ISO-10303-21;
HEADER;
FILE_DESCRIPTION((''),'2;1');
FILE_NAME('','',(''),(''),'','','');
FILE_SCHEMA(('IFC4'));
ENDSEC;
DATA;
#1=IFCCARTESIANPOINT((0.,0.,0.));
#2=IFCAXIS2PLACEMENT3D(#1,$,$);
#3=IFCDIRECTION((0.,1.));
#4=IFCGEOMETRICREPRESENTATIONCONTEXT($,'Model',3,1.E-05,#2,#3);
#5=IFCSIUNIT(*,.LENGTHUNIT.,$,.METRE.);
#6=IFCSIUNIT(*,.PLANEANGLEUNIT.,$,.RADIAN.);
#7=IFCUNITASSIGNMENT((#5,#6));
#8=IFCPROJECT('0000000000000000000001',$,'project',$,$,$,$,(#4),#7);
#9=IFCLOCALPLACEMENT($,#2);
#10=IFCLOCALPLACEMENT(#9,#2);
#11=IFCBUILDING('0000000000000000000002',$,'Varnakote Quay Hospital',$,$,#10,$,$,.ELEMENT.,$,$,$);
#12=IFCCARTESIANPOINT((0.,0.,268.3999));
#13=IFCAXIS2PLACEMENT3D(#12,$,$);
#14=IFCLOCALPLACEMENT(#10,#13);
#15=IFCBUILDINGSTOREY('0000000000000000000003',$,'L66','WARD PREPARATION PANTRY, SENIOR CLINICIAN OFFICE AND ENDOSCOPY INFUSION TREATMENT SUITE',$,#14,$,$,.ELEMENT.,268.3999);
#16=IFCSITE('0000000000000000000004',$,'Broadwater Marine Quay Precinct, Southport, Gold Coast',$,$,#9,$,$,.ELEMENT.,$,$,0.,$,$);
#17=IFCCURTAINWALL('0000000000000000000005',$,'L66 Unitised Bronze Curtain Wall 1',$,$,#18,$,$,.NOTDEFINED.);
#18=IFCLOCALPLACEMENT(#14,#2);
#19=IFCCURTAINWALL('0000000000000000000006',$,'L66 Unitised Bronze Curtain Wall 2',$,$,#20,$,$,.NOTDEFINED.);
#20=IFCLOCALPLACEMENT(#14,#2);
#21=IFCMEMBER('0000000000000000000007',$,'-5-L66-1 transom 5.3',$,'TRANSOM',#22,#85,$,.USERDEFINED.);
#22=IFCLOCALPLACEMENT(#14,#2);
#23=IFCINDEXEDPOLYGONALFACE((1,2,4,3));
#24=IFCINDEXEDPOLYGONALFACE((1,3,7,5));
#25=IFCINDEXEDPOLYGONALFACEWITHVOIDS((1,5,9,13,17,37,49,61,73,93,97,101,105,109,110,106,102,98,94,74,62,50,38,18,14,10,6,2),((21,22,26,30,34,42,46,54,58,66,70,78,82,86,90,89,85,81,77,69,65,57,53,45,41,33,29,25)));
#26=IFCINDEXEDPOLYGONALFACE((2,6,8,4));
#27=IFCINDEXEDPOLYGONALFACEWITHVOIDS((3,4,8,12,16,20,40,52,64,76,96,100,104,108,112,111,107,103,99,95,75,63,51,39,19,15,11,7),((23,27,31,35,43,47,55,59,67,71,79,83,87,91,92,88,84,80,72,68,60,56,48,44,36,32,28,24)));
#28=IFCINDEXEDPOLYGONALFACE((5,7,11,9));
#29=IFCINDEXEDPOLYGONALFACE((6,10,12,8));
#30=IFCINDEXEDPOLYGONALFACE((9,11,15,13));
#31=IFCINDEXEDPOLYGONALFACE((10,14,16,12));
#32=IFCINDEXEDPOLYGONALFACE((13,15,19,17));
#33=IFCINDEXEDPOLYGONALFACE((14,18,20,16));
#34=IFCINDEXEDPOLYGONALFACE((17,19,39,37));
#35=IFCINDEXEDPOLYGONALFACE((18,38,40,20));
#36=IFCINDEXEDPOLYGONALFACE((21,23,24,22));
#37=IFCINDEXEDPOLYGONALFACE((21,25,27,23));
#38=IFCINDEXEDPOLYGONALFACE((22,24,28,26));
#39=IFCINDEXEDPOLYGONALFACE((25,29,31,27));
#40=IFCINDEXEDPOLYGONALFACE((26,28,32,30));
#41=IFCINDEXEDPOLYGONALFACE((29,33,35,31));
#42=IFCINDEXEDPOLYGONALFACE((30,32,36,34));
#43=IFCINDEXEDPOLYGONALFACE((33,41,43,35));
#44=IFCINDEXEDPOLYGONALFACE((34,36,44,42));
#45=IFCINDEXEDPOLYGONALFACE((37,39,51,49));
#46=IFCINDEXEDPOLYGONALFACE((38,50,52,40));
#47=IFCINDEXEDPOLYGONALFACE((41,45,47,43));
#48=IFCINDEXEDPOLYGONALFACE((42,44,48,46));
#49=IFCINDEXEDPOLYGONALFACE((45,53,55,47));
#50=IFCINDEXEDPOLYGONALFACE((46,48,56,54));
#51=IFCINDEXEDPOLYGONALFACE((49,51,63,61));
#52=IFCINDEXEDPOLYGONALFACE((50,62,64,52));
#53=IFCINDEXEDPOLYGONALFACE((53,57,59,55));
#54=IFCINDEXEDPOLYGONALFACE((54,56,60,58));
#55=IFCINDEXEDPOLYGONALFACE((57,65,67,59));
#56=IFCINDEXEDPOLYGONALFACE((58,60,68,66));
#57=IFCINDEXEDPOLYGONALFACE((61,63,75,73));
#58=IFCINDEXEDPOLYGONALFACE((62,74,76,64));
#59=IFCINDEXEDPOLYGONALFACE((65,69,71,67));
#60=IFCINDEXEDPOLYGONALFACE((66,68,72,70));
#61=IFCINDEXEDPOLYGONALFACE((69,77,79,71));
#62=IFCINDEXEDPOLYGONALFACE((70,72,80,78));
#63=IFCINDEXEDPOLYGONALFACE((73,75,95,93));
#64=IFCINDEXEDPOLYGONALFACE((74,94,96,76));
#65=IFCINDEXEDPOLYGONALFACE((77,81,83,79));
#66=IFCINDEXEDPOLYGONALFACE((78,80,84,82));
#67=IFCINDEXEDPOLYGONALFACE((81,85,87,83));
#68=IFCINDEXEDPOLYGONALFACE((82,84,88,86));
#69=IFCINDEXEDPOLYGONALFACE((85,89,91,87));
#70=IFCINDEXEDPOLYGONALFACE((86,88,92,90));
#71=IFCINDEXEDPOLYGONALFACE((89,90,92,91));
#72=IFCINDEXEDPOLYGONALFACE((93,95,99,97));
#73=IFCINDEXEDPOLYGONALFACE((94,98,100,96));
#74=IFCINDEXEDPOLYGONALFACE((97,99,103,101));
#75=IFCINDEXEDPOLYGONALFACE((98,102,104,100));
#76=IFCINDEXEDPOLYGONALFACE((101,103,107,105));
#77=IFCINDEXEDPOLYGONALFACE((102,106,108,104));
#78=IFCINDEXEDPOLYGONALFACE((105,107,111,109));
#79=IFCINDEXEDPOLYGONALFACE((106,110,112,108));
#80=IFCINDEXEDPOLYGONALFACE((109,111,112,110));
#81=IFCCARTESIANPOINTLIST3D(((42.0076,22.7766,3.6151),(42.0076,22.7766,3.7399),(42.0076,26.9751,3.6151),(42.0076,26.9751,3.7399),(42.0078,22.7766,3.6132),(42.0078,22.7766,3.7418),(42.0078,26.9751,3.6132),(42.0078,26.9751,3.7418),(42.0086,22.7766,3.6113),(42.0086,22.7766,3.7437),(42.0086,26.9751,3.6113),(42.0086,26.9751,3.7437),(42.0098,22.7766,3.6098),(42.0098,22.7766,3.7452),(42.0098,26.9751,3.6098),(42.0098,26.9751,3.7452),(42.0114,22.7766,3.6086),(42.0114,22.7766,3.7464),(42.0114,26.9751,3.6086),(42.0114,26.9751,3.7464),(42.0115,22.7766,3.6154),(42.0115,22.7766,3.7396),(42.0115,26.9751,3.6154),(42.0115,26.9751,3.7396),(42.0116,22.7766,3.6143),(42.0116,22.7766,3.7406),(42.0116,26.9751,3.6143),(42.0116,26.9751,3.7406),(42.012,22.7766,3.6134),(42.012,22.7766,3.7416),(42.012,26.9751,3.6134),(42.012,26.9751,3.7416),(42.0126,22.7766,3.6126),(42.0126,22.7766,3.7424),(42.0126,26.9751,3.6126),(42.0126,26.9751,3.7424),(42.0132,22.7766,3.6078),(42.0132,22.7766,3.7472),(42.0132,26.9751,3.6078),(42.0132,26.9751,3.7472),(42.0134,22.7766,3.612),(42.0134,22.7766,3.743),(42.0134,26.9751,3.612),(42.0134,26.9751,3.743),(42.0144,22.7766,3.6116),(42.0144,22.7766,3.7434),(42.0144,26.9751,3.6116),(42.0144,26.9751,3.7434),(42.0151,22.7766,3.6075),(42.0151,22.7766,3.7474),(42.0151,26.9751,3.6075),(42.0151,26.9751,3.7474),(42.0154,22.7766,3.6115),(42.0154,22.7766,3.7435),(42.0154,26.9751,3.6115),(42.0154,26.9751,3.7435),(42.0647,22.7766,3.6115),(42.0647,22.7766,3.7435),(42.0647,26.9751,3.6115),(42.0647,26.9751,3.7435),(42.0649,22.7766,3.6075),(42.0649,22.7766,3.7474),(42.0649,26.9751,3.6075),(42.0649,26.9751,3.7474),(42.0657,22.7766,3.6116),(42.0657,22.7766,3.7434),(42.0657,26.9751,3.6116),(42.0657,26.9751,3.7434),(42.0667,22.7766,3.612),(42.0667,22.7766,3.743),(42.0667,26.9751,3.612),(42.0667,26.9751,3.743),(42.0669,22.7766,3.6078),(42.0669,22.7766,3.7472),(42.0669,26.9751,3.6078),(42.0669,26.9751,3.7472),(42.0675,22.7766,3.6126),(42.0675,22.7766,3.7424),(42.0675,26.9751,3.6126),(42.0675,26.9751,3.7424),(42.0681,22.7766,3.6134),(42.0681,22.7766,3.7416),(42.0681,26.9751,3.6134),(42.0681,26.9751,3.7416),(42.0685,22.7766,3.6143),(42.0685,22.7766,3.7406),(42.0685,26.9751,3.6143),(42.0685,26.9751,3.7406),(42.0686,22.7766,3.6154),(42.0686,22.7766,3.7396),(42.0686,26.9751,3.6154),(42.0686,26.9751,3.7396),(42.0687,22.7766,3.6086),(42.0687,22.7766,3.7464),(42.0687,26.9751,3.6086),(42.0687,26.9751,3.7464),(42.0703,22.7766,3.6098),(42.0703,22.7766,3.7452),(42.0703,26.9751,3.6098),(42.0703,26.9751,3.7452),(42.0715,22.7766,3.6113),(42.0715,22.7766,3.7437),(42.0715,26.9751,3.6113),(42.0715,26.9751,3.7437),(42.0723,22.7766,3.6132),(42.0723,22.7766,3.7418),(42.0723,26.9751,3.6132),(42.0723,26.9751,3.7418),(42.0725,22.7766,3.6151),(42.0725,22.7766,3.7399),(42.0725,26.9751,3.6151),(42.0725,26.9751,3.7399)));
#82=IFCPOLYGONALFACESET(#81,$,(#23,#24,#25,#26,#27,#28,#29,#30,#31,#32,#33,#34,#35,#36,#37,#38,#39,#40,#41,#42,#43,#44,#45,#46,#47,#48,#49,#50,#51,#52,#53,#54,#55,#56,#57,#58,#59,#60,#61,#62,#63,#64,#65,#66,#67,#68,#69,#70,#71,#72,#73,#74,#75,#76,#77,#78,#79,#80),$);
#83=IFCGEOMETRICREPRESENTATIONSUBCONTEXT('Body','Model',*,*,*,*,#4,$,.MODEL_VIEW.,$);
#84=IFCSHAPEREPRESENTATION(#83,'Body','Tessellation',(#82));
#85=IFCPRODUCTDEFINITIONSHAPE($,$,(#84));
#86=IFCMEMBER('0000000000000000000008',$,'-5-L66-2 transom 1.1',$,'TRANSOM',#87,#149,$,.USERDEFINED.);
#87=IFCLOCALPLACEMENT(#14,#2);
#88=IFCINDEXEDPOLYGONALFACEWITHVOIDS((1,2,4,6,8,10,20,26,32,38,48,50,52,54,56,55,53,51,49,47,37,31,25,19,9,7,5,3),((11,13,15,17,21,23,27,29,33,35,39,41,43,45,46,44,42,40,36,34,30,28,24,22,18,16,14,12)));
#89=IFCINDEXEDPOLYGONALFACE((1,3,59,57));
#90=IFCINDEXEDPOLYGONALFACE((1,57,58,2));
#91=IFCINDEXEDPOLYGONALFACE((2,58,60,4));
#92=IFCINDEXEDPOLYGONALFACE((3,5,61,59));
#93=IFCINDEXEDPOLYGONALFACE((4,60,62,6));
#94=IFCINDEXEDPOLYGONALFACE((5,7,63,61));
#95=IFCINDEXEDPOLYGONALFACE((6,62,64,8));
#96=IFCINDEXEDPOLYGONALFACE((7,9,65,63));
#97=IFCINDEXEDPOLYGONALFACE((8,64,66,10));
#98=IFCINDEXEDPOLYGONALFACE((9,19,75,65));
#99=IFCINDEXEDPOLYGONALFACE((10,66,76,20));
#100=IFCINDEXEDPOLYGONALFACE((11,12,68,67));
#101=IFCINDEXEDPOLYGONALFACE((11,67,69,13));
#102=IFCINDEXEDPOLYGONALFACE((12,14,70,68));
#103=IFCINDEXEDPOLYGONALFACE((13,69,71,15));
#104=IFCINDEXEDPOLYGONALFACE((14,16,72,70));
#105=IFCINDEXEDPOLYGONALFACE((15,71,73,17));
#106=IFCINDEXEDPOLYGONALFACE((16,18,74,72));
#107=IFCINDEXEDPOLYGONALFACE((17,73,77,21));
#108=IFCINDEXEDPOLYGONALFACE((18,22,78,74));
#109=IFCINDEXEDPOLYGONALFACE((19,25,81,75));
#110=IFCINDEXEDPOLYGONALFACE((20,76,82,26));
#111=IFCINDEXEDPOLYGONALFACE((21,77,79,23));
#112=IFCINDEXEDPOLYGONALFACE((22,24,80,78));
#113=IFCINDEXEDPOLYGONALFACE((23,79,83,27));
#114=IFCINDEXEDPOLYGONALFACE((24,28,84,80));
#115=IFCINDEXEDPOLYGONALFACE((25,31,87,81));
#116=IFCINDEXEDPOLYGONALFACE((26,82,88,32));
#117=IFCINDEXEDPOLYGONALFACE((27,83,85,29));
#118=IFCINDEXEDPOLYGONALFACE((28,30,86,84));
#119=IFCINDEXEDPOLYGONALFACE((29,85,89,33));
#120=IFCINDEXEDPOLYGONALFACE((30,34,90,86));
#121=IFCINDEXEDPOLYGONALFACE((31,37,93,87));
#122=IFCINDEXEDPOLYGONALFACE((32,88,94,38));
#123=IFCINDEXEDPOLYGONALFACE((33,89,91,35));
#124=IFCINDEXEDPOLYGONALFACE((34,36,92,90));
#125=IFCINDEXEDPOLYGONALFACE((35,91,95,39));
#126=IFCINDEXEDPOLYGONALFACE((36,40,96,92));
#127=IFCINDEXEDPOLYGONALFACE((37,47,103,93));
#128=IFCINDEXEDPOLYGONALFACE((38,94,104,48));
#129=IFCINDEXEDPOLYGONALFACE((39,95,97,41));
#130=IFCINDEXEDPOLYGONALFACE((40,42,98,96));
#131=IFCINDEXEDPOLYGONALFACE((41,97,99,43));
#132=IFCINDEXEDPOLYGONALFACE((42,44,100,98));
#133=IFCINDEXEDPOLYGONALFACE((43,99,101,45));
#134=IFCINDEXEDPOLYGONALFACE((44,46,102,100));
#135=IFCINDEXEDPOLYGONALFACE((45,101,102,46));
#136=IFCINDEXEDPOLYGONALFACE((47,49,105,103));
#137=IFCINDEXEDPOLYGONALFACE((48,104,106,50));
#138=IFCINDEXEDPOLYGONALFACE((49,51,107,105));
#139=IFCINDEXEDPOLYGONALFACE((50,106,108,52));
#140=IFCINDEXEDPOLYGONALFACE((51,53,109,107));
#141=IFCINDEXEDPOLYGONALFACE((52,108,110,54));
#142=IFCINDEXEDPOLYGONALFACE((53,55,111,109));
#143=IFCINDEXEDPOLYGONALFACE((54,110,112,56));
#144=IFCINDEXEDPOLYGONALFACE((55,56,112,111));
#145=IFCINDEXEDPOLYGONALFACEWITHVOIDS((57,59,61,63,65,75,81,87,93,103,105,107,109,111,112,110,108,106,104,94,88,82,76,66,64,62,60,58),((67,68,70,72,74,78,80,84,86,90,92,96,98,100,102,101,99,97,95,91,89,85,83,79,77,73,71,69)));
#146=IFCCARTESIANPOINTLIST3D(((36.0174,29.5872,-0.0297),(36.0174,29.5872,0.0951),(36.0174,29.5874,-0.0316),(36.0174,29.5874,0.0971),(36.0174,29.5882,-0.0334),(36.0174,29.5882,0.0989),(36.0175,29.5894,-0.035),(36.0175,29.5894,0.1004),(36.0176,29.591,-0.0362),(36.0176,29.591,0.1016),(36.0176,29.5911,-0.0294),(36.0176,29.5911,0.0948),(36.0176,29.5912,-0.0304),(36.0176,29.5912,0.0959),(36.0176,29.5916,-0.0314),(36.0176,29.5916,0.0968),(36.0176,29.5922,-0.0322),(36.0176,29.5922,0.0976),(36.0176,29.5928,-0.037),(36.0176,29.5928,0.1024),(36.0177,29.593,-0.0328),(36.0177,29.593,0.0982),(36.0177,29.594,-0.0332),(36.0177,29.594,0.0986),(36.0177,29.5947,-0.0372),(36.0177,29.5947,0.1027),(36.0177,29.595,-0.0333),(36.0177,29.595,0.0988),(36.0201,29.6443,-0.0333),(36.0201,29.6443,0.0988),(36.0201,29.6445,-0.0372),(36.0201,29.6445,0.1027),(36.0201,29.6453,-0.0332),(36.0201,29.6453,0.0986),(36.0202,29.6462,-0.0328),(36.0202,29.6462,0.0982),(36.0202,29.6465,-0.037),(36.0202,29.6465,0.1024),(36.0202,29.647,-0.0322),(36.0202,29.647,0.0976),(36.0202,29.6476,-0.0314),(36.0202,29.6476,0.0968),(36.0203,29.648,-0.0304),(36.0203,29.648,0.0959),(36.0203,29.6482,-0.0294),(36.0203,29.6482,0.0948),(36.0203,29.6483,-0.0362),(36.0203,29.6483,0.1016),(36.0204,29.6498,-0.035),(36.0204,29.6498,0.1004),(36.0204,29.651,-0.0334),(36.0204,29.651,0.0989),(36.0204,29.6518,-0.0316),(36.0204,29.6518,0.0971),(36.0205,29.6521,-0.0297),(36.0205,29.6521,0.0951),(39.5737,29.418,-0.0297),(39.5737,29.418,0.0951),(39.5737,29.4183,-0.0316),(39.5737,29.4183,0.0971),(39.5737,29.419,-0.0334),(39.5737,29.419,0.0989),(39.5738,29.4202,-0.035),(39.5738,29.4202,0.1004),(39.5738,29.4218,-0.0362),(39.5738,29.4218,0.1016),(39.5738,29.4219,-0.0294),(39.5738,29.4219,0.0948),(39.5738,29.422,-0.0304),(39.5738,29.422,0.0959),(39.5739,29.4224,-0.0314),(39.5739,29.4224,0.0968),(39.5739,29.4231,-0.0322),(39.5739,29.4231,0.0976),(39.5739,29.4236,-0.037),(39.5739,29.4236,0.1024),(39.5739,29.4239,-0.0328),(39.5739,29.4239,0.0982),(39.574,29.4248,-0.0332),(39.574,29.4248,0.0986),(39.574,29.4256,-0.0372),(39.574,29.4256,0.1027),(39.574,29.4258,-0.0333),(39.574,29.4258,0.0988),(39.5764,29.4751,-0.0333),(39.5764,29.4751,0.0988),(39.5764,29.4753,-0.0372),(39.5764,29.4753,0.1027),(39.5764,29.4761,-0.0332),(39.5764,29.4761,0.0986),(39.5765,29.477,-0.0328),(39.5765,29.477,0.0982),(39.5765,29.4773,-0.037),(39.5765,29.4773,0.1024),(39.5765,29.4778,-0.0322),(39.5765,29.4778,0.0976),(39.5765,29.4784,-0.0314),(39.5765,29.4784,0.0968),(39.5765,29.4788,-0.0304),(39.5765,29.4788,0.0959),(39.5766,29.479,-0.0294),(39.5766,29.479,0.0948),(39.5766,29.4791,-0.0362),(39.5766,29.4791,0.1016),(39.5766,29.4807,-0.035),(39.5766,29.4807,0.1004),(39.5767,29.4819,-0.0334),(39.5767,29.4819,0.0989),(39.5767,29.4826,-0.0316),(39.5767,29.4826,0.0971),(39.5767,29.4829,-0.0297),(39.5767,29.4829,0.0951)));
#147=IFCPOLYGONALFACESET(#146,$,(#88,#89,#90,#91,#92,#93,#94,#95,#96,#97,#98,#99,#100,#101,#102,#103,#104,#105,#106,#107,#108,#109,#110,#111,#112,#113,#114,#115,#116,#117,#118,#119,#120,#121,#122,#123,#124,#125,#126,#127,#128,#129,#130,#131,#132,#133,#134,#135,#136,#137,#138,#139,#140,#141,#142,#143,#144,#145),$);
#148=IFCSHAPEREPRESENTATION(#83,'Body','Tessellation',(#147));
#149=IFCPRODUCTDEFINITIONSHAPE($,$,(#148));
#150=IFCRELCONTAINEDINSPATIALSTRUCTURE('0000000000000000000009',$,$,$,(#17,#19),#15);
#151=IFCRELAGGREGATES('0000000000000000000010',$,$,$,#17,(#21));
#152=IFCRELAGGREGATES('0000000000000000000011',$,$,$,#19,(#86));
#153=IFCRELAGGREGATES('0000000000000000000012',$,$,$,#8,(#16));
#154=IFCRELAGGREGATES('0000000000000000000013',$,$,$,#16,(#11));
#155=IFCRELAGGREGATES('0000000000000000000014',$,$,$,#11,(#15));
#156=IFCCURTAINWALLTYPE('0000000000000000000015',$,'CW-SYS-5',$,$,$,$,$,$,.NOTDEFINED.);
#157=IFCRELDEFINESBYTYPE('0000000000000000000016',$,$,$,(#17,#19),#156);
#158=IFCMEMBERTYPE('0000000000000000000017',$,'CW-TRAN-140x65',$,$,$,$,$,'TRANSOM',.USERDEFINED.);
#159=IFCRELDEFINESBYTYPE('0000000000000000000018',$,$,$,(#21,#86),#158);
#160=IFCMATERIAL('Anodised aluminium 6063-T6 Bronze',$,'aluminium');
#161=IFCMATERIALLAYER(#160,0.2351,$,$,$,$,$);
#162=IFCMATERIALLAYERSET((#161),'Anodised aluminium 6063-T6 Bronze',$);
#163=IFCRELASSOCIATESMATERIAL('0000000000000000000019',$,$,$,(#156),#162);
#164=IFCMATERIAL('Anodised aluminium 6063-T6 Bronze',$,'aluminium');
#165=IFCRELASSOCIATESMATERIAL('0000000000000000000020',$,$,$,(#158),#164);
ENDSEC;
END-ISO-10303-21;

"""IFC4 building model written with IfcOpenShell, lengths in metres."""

from ifc_helpers import new_model, si_unit, direction, frame, origin, origin_2d, place, context, subcontext, project, spatial, hollow_rectangle, extrude, material, layer, layer_set, material_profile, profile_set, type_object, element, aggregate, save


model = new_model("IFC4")

# Units and contexts
model_context = context("Model", 3, precision=1e-05, world=origin(), true_north=direction((0.0, 1.0)))
body_context = subcontext(model_context, "Body", "Model", "MODEL_VIEW")
ifc_project = project(units=[si_unit("LENGTHUNIT", "METRE"), si_unit("PLANEANGLEUNIT", "RADIAN")], contexts=[model_context])

# Site, building, storey
site_placement = place(None, origin())
site = spatial("IfcSite", under=ifc_project, at=site_placement, Name="Broadwater Marine Quay Precinct, Southport, Gold Coast", CompositionType="ELEMENT", RefElevation=0.0)
building_placement = place(site_placement, origin())
building = spatial("IfcBuilding", under=site, at=building_placement, Name="Varnakote Quay Hospital", CompositionType="ELEMENT")
storey_placement = place(building_placement, frame((0.0, 0.0, 268.3999)))
storey = spatial("IfcBuildingStorey", under=building, at=storey_placement, Name="L66", Description="WARD PREPARATION PANTRY, SENIOR CLINICIAN OFFICE AND ENDOSCOPY INFUSION TREATMENT SUITE", CompositionType="ELEMENT", Elevation=268.3999)

# Curtain walls
ifc_material_1 = material(Name="Anodised aluminium 6063-T6 Bronze", Category="aluminium")
ifc_layer_1 = layer(ifc_material_1, 0.2351)
ifc_layer_set_1 = layer_set([ifc_layer_1], Name="Anodised aluminium 6063-T6 Bronze")
curtain_wall_type = type_object("IfcCurtainWallType", Name="CW-SYS-5", PredefinedType="NOTDEFINED", material=ifc_layer_set_1)
curtain_wall_1_placement = place(storey_placement, origin())
curtain_wall_1 = element("IfcCurtainWall", 1, at=curtain_wall_1_placement, inside=storey, type_object=curtain_wall_type, Name="L66 Unitised Bronze Curtain Wall 1", PredefinedType="NOTDEFINED")
curtain_wall_2_placement = place(storey_placement, origin())
curtain_wall_2 = element("IfcCurtainWall", 2, at=curtain_wall_2_placement, inside=storey, type_object=curtain_wall_type, Name="L66 Unitised Bronze Curtain Wall 2", PredefinedType="NOTDEFINED")

# Members
ifc_material_2 = material(Name="Anodised aluminium 6063-T6 Bronze", Category="aluminium")
ifc_material_profile_1 = material_profile(ifc_material_2, hollow_rectangle(XDim=0.0649, YDim=0.1399, WallThickness=0.0039, InnerFilletRadius=0.0039, OuterFilletRadius=0.0076, at=origin_2d()), Name="CW-TRAN-140x65")
ifc_profile_set_1 = profile_set([ifc_material_profile_1], Name="Anodised aluminium 6063-T6 Bronze")
member_type_1 = type_object("IfcMemberType", Name="CW-TRAN-140x65", ElementType="TRANSOM", PredefinedType="USERDEFINED", material=ifc_profile_set_1)
member_1_placement = place(storey_placement, frame((42.04, 22.7766, 3.6775), z_axis=(0.0, 1.0, 0.0), x_axis=(-1.0, 0.0, 0.0)))
member_1 = element("IfcMember", 3, at=member_1_placement, type_object=member_type_1, Name="-5-L66-1 transom 5.3", ObjectType="TRANSOM", PredefinedType="USERDEFINED", context=body_context, shape_type="SweptSolid", body=[
    extrude(hollow_rectangle(XDim=0.0649, YDim=0.1399, WallThickness=0.0039, InnerFilletRadius=0.0039, OuterFilletRadius=0.0076, at=origin_2d()), origin(), (0.0, 0.0, 1.0), 4.1985),
])
member_2_placement = place(storey_placement, frame((39.5752, 29.4504, 0.0327), z_axis=(-0.99887, 0.04752, 0.0), x_axis=(-0.04752, -0.99887, 0.0)))
member_2 = element("IfcMember", 4, at=member_2_placement, type_object=member_type_1, Name="-5-L66-2 transom 1.1", ObjectType="TRANSOM", PredefinedType="USERDEFINED", context=body_context, shape_type="SweptSolid", body=[
    extrude(hollow_rectangle(XDim=0.0649, YDim=0.1399, WallThickness=0.0039, InnerFilletRadius=0.0039, OuterFilletRadius=0.0076, at=origin_2d()), origin(), (0.0, 0.0, 1.0), 3.5603),
])

aggregate(curtain_wall_1, [member_1])
aggregate(curtain_wall_2, [member_2])

save(model, "model.ifc")
